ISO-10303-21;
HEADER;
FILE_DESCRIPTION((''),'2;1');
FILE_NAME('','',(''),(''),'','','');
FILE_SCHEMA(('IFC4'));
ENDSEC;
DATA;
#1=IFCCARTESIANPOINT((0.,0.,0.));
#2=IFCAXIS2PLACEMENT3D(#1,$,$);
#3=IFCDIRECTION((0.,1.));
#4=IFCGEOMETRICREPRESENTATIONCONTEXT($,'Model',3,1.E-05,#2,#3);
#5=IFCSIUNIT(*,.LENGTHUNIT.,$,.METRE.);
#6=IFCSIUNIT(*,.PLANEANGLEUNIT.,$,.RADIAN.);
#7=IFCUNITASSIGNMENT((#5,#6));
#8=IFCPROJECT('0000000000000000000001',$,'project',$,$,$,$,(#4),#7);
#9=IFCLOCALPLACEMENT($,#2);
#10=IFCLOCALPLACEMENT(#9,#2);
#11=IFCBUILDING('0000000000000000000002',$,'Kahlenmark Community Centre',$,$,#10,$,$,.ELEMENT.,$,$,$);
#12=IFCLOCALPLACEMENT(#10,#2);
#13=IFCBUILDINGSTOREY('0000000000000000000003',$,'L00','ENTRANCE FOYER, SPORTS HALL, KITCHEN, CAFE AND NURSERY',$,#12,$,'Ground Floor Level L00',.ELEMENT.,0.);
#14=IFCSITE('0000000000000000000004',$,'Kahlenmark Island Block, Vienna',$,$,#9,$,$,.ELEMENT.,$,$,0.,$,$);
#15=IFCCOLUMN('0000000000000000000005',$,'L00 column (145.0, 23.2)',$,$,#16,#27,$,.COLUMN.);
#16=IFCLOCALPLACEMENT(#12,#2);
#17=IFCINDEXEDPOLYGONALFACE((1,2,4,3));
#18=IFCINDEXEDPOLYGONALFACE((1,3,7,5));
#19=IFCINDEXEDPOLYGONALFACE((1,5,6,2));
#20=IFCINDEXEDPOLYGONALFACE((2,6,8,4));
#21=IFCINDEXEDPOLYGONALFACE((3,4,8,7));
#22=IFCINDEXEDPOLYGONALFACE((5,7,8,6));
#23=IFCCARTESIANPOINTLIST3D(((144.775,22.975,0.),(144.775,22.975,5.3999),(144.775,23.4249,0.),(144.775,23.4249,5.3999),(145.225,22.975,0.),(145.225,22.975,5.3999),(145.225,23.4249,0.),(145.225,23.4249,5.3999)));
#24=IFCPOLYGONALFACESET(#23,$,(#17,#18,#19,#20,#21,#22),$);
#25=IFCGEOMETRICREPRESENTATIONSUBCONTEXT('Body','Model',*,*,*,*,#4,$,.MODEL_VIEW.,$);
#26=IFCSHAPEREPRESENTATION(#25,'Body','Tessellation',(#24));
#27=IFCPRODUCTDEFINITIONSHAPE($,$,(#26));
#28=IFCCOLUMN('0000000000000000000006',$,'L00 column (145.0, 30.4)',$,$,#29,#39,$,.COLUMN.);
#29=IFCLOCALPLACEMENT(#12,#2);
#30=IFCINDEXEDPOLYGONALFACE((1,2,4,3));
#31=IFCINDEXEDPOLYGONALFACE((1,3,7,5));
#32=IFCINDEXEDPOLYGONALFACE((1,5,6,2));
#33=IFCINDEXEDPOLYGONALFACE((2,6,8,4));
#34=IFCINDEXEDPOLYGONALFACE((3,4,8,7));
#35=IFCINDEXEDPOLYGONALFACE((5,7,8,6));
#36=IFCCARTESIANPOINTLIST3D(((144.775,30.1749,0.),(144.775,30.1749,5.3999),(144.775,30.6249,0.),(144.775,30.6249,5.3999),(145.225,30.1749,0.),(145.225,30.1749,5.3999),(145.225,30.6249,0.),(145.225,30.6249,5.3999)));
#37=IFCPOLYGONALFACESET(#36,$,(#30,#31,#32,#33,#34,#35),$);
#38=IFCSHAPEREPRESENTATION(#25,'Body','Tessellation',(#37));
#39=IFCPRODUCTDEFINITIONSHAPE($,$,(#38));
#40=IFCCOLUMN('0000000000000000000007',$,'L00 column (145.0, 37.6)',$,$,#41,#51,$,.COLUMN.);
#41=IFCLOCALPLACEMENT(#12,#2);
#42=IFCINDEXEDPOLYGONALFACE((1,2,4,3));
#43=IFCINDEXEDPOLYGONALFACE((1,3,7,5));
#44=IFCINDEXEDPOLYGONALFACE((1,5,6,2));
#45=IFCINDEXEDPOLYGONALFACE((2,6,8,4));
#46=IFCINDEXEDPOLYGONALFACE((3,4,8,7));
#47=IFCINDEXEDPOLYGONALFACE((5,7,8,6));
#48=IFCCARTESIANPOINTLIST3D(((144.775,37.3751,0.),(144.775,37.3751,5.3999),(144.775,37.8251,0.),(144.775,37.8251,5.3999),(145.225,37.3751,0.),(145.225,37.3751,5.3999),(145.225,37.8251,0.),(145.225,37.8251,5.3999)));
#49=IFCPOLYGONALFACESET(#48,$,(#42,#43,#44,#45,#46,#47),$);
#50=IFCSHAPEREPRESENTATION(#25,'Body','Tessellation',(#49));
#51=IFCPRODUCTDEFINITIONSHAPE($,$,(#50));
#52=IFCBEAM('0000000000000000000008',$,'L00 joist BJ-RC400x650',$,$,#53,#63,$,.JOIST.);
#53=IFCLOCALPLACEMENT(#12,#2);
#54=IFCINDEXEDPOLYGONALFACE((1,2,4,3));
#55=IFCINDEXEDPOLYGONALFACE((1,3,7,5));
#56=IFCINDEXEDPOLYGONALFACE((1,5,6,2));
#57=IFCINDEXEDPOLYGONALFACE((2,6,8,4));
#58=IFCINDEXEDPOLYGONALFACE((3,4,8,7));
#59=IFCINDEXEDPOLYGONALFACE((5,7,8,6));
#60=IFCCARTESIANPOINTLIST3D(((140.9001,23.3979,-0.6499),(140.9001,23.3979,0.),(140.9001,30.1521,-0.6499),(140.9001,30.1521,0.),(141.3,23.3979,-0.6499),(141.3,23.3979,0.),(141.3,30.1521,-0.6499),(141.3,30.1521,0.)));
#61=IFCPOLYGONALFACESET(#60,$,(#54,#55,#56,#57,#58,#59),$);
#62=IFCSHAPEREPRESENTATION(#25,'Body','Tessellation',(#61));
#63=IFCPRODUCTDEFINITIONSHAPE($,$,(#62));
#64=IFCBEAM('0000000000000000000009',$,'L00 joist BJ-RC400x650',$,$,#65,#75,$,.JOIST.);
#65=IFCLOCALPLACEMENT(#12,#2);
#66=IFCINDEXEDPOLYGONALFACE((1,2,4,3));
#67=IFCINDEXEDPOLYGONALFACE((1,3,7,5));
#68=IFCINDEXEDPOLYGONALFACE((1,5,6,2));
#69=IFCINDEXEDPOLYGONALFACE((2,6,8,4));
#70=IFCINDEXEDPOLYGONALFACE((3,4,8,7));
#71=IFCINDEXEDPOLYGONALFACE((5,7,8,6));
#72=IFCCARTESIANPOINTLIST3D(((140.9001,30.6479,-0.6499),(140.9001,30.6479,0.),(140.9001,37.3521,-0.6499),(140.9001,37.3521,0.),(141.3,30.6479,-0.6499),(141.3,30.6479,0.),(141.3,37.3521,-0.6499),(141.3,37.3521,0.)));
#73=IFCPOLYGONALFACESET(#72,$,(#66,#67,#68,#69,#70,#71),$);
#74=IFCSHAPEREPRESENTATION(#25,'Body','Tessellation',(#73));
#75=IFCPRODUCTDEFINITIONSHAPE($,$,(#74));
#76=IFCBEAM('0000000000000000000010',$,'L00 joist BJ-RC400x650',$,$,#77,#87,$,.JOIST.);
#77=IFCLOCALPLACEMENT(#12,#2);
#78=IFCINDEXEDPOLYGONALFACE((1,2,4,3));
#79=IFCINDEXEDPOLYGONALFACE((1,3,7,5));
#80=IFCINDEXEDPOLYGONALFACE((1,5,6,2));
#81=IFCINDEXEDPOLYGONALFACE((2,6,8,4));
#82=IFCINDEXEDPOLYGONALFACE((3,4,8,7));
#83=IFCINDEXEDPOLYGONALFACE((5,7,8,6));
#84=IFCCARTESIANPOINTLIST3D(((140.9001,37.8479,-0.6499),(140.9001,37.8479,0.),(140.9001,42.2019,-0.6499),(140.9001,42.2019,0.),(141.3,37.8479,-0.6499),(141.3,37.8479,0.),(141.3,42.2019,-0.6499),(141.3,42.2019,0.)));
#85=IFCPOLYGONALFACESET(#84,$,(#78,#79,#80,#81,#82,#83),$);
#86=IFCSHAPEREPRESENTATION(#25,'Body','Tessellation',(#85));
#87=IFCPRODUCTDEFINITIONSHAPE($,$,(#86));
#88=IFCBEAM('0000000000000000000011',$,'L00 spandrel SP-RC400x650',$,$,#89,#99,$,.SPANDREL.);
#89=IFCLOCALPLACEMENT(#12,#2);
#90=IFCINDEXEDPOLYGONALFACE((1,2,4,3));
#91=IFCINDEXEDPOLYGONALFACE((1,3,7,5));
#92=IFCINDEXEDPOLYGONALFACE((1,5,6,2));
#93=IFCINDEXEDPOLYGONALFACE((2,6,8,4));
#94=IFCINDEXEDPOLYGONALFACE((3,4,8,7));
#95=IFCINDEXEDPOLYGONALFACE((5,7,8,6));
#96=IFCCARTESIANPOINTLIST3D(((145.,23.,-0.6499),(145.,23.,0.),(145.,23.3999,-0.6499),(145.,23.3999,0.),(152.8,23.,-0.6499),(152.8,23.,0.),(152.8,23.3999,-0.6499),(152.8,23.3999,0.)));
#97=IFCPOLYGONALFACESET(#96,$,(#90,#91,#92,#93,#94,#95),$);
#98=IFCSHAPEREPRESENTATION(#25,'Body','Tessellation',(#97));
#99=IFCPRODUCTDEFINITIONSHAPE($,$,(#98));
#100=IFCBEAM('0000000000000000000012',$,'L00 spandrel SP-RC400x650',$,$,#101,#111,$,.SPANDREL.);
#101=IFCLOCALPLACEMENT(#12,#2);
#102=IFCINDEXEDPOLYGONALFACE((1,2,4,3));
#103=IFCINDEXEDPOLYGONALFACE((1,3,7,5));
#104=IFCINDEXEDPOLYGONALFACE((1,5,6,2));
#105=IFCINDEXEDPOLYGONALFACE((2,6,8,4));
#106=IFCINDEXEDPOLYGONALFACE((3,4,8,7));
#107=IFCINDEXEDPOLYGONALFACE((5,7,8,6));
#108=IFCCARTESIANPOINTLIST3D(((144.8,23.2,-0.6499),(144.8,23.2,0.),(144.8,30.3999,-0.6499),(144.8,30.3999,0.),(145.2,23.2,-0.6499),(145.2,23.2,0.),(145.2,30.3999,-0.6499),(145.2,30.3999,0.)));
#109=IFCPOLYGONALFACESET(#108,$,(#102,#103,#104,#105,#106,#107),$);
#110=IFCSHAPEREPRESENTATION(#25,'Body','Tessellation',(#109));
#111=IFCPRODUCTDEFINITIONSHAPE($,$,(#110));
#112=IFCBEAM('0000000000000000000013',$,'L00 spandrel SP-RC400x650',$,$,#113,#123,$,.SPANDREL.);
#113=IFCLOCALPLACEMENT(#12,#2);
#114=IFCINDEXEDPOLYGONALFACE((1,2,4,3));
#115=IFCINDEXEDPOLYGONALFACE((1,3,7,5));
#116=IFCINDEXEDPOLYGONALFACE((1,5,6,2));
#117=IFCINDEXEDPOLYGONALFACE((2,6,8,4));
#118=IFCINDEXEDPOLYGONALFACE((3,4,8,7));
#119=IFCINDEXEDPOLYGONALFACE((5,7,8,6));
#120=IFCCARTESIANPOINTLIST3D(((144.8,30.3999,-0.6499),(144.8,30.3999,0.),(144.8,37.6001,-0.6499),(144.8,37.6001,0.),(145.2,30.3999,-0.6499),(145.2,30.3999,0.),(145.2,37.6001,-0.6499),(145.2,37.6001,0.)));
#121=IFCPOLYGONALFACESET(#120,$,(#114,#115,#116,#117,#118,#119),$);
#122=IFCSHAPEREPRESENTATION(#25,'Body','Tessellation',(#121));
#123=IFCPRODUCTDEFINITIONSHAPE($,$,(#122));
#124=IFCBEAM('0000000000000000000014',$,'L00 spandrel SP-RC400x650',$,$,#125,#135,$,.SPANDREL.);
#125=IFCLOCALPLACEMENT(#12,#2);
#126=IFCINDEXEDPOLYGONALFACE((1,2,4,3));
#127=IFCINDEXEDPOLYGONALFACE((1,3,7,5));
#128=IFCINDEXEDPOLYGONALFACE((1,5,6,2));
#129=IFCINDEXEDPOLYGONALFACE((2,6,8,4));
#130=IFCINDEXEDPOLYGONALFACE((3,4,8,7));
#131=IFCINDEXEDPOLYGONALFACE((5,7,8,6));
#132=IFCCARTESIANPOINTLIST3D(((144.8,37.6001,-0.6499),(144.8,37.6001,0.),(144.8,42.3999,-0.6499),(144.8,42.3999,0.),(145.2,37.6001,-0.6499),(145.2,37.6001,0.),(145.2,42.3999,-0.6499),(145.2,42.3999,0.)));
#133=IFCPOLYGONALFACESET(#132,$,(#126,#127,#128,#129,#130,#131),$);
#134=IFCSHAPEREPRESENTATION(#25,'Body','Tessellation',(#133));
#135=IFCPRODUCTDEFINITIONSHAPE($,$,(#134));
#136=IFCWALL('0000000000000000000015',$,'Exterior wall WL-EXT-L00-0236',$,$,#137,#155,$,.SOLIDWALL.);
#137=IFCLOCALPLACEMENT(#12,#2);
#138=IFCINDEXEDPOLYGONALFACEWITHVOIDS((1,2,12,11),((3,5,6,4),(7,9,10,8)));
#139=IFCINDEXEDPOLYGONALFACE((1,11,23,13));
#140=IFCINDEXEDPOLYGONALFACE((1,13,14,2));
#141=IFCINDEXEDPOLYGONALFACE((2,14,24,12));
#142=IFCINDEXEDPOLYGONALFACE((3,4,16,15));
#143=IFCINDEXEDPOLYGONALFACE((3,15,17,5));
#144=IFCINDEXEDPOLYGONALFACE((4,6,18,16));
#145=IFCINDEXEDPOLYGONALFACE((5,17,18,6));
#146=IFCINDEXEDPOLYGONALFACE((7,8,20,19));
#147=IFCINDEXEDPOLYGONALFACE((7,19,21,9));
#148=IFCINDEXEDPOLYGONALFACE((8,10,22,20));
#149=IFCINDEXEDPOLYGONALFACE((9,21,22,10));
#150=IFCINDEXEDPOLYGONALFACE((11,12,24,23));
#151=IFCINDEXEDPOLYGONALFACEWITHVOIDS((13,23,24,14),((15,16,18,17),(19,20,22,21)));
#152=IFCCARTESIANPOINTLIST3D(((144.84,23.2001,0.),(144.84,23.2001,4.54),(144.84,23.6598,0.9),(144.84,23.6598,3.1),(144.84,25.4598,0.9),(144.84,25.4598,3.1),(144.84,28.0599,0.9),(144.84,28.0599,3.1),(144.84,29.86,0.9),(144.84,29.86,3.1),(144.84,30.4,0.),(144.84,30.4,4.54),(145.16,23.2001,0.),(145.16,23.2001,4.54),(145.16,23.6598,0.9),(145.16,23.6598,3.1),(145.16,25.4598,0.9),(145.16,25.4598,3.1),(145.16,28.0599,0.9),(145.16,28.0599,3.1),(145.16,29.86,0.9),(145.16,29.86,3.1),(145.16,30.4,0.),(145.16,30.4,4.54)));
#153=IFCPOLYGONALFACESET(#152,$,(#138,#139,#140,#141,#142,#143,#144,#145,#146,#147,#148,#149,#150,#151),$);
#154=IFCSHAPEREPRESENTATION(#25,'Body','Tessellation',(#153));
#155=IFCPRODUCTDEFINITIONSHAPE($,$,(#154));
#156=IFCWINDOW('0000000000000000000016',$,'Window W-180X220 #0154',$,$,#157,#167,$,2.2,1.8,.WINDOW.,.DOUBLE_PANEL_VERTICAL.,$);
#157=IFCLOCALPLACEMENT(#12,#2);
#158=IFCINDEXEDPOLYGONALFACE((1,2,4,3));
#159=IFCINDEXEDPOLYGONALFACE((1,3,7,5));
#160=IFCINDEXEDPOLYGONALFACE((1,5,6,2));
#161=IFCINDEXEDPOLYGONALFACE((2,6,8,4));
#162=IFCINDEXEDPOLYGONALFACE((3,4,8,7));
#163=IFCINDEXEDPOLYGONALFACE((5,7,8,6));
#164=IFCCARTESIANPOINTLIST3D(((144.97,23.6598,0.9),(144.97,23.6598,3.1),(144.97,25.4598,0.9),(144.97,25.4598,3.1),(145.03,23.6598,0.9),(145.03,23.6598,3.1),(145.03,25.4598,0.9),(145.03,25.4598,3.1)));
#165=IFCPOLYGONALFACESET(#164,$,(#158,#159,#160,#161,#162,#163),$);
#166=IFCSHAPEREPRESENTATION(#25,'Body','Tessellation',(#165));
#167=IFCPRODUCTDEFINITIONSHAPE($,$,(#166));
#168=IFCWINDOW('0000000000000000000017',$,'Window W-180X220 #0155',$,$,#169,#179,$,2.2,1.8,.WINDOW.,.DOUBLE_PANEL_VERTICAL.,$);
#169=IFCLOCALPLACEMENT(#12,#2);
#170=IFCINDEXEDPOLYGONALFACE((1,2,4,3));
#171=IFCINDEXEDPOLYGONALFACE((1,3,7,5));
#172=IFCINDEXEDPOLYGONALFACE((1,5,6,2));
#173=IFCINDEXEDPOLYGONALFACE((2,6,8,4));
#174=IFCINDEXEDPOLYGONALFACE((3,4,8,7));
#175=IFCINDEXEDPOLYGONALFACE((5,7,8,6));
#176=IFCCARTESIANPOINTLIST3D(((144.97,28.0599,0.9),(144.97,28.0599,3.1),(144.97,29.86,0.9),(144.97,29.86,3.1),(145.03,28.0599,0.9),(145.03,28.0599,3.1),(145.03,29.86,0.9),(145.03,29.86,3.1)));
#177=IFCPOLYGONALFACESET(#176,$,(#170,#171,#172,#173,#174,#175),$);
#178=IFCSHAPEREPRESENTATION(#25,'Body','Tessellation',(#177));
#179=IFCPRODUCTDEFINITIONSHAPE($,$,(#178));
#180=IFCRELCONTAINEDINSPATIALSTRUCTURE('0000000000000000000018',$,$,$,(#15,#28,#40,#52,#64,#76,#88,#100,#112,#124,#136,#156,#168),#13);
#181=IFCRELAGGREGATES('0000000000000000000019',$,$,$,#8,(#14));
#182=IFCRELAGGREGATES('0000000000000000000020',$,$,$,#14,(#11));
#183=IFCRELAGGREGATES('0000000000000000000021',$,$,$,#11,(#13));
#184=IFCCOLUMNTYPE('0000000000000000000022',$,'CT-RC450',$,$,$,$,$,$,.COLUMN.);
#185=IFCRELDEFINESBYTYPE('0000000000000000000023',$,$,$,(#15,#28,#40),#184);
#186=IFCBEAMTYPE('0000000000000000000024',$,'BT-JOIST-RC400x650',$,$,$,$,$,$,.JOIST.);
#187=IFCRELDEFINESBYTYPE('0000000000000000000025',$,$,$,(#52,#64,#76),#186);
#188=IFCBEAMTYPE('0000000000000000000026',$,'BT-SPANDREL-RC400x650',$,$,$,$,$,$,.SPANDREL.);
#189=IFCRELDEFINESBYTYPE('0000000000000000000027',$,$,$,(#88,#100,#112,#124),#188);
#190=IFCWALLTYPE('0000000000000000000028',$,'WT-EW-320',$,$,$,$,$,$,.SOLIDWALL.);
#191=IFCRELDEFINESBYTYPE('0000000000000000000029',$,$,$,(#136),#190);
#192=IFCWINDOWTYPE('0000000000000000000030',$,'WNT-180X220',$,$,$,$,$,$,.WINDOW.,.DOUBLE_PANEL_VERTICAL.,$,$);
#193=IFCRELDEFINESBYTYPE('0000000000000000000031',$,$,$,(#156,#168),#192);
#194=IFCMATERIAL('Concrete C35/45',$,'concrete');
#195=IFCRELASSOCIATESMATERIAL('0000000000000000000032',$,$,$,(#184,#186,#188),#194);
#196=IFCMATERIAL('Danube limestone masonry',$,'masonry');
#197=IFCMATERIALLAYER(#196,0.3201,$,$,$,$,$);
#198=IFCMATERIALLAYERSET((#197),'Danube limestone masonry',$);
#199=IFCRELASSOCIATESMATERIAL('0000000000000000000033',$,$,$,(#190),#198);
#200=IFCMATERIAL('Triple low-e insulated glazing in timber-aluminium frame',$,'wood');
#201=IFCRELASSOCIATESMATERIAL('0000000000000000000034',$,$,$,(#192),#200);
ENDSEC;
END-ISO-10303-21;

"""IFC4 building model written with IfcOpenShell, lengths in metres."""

from ifc_helpers import new_model, si_unit, direction, frame, frame_2d, origin, origin_2d, place, context, subcontext, project, spatial, rectangle, extrude, material, layer, layer_set, material_profile, profile_set, type_object, element, fill, save


model = new_model("IFC4")

# Units and contexts
model_context = context("Model", 3, precision=1e-05, world=origin(), true_north=direction((0.0, 1.0)))
body_context = subcontext(model_context, "Body", "Model", "MODEL_VIEW")
ifc_project = project(units=[si_unit("LENGTHUNIT", "METRE"), si_unit("PLANEANGLEUNIT", "RADIAN")], contexts=[model_context])

# Site, building, storey
site_placement = place(None, origin())
site = spatial("IfcSite", under=ifc_project, at=site_placement, Name="Kahlenmark Island Block, Vienna", CompositionType="ELEMENT", RefElevation=0.0)
building_placement = place(site_placement, origin())
building = spatial("IfcBuilding", under=site, at=building_placement, Name="Kahlenmark Community Centre", CompositionType="ELEMENT")
storey_placement = place(building_placement, origin())
storey = spatial("IfcBuildingStorey", under=building, at=storey_placement, Name="L00", Description="ENTRANCE FOYER, SPORTS HALL, KITCHEN, CAFE AND NURSERY", LongName="Ground Floor Level L00", CompositionType="ELEMENT", Elevation=0.0)

# Columns
ifc_material_1 = material(Name="Concrete C35/45", Category="concrete")
ifc_material_profile_1 = material_profile(ifc_material_1, rectangle(XDim=0.45, YDim=0.45, at=origin_2d()), Name="RC 450x450")
ifc_profile_set_1 = profile_set([ifc_material_profile_1], Name="Concrete C35/45")
column_type = type_object("IfcColumnType", Name="CT-RC450", PredefinedType="COLUMN", material=ifc_profile_set_1)
for number, where, z_axis, x_axis, name in (
    (1, (145.0, 23.2, 0.0), (0.0, 0.0, 1.0), (1.0, 0.0, 0.0), "L00 column (145.0, 23.2)"),
    (2, (145.0, 30.3999, 0.0), (0.0, 0.0, 1.0), (1.0, 0.0, 0.0), "L00 column (145.0, 30.4)"),
    (3, (145.0, 37.6001, 0.0), (0.0, 0.0, 1.0), (1.0, 0.0, 0.0), "L00 column (145.0, 37.6)"),
):
    element("IfcColumn", number, at=place(storey_placement, frame(where, z_axis=z_axis, x_axis=x_axis)), inside=storey, type_object=column_type, Name=name, PredefinedType="COLUMN", context=body_context, shape_type="SweptSolid", body=[
        extrude(rectangle(XDim=0.45, YDim=0.45, at=origin_2d()), origin(), (0.0, 0.0, 1.0), 5.3999),
    ])

# Beams
ifc_material_profile_2 = material_profile(ifc_material_1, rectangle(XDim=0.3999, YDim=0.6499, at=origin_2d()), Name="RC 400x650")
ifc_profile_set_2 = profile_set([ifc_material_profile_2], Name="Concrete C35/45")
beam_type_1 = type_object("IfcBeamType", Name="BT-JOIST-RC400x650", PredefinedType="JOIST", material=ifc_profile_set_2)
beam_1_placement = place(storey_placement, frame((141.1001, 23.3979, -0.325), z_axis=(0.0, 1.0, 0.0), x_axis=(-1.0, 0.0, 0.0)))
element("IfcBeam", 4, at=beam_1_placement, inside=storey, type_object=beam_type_1, Name="L00 joist BJ-RC400x650", PredefinedType="JOIST", context=body_context, shape_type="SweptSolid", body=[
    extrude(rectangle(XDim=0.3999, YDim=0.6499, at=origin_2d()), origin(), (0.0, 0.0, 1.0), 6.7542),
])
beam_2_placement = place(storey_placement, frame((141.1001, 30.6479, -0.325), z_axis=(0.0, 1.0, 0.0), x_axis=(-1.0, 0.0, 0.0)))
element("IfcBeam", 5, at=beam_2_placement, inside=storey, type_object=beam_type_1, Name="L00 joist BJ-RC400x650", PredefinedType="JOIST", context=body_context, shape_type="SweptSolid", body=[
    extrude(rectangle(XDim=0.3999, YDim=0.6499, at=origin_2d()), origin(), (0.0, 0.0, 1.0), 6.7041),
])
beam_3_placement = place(storey_placement, frame((141.1001, 37.8479, -0.325), z_axis=(0.0, 1.0, 0.0), x_axis=(-1.0, 0.0, 0.0)))
element("IfcBeam", 6, at=beam_3_placement, inside=storey, type_object=beam_type_1, Name="L00 joist BJ-RC400x650", PredefinedType="JOIST", context=body_context, shape_type="SweptSolid", body=[
    extrude(rectangle(XDim=0.3999, YDim=0.6499, at=origin_2d()), origin(), (0.0, 0.0, 1.0), 4.354),
])
ifc_material_profile_3 = material_profile(ifc_material_1, rectangle(XDim=0.3999, YDim=0.6499, at=origin_2d()), Name="RC 400x650")
ifc_profile_set_3 = profile_set([ifc_material_profile_3], Name="Concrete C35/45")
beam_type_2 = type_object("IfcBeamType", Name="BT-SPANDREL-RC400x650", PredefinedType="SPANDREL", material=ifc_profile_set_3)
beam_4_placement = place(storey_placement, frame((145.0, 23.2, -0.325), z_axis=(1.0, 0.0, 0.0), x_axis=(0.0, 1.0, 0.0)))
element("IfcBeam", 7, at=beam_4_placement, inside=storey, type_object=beam_type_2, Name="L00 spandrel SP-RC400x650", PredefinedType="SPANDREL", context=body_context, shape_type="SweptSolid", body=[
    extrude(rectangle(XDim=0.3999, YDim=0.6499, at=origin_2d()), origin(), (0.0, 0.0, 1.0), 7.8),
])
beam_5_placement = place(storey_placement, frame((145.0, 23.2, -0.325), z_axis=(0.0, 1.0, 0.0), x_axis=(-1.0, 0.0, 0.0)))
element("IfcBeam", 8, at=beam_5_placement, inside=storey, type_object=beam_type_2, Name="L00 spandrel SP-RC400x650", PredefinedType="SPANDREL", context=body_context, shape_type="SweptSolid", body=[
    extrude(rectangle(XDim=0.3999, YDim=0.6499, at=origin_2d()), origin(), (0.0, 0.0, 1.0), 7.2),
])
beam_6_placement = place(storey_placement, frame((145.0, 30.3999, -0.325), z_axis=(0.0, 1.0, 0.0), x_axis=(-1.0, 0.0, 0.0)))
element("IfcBeam", 9, at=beam_6_placement, inside=storey, type_object=beam_type_2, Name="L00 spandrel SP-RC400x650", PredefinedType="SPANDREL", context=body_context, shape_type="SweptSolid", body=[
    extrude(rectangle(XDim=0.3999, YDim=0.6499, at=origin_2d()), origin(), (0.0, 0.0, 1.0), 7.2002),
])
beam_7_placement = place(storey_placement, frame((145.0, 37.6001, -0.325), z_axis=(0.0, 1.0, 0.0), x_axis=(-1.0, 0.0, 0.0)))
element("IfcBeam", 10, at=beam_7_placement, inside=storey, type_object=beam_type_2, Name="L00 spandrel SP-RC400x650", PredefinedType="SPANDREL", context=body_context, shape_type="SweptSolid", body=[
    extrude(rectangle(XDim=0.3999, YDim=0.6499, at=origin_2d()), origin(), (0.0, 0.0, 1.0), 4.7998),
])

# Wall, openings, windows
ifc_material_2 = material(Name="Danube limestone masonry", Category="masonry")
ifc_layer_1 = layer(ifc_material_2, 0.3201)
ifc_layer_set_1 = layer_set([ifc_layer_1], Name="Danube limestone masonry")
wall_type_1 = type_object("IfcWallType", Name="WT-EW-320", PredefinedType="SOLIDWALL", material=ifc_layer_set_1)
wall_1_placement = place(storey_placement, frame((145.0, 23.2, 0.0), z_axis=(0.0, 0.0, 1.0), x_axis=(0.0, 1.0, 0.0)))
wall_1 = element("IfcWall", 11, at=wall_1_placement, inside=storey, type_object=wall_type_1, Name="Exterior wall WL-EXT-L00-0236", PredefinedType="SOLIDWALL", context=body_context, shape_type="SweptSolid", body=[
    extrude(rectangle(XDim=7.2, YDim=0.3201, at=frame_2d((3.6001, 0.0))), origin(), (0.0, 0.0, 1.0), 4.54),
])
opening_1_placement = place(wall_1_placement, frame((0.46, 0.0, 0.8999)))
opening_1 = element("IfcOpeningElement", 12, at=opening_1_placement, cuts=wall_1, PredefinedType="OPENING", context=body_context, shape_type="SweptSolid", body=[
    extrude(rectangle(XDim=1.8, YDim=2.2, at=frame_2d((0.8999, 1.1001))), frame((0.0, 0.1699, 0.0), z_axis=(0.0, -1.0, 0.0), x_axis=(1.0, 0.0, 0.0)), (0.0, 0.0, 1.0), 0.3401),
])
opening_2_placement = place(wall_1_placement, frame((4.8601, 0.0, 0.8999)))
opening_2 = element("IfcOpeningElement", 13, at=opening_2_placement, cuts=wall_1, PredefinedType="OPENING", context=body_context, shape_type="SweptSolid", body=[
    extrude(rectangle(XDim=1.8, YDim=2.2, at=frame_2d((0.8999, 1.1001))), frame((0.0, 0.1699, 0.0), z_axis=(0.0, -1.0, 0.0), x_axis=(1.0, 0.0, 0.0)), (0.0, 0.0, 1.0), 0.3401),
])
ifc_material_3 = material(Name="Triple low-e insulated glazing in timber-aluminium frame", Category="wood")
window_type = type_object("IfcWindowType", Name="WNT-180X220", PartitioningType="DOUBLE_PANEL_VERTICAL", PredefinedType="WINDOW", material=ifc_material_3)
window_1_placement = place(opening_1_placement, origin())
window_1 = element("IfcWindow", 14, at=window_1_placement, inside=storey, type_object=window_type, Name="Window W-180X220 #0154", OverallHeight=2.2, OverallWidth=1.8, PartitioningType="DOUBLE_PANEL_VERTICAL", PredefinedType="WINDOW", context=body_context, shape_type="SweptSolid", body=[
    extrude(rectangle(XDim=1.8, YDim=2.2, at=frame_2d((0.8999, 1.1001))), frame((0.0, 0.03, 0.0), z_axis=(0.0, -1.0, 0.0), x_axis=(1.0, 0.0, 0.0)), (0.0, 0.0, 1.0), 0.0601),
])
fill(opening_1, window_1)
window_2_placement = place(opening_2_placement, origin())
window_2 = element("IfcWindow", 15, at=window_2_placement, inside=storey, type_object=window_type, Name="Window W-180X220 #0155", OverallHeight=2.2, OverallWidth=1.8, PartitioningType="DOUBLE_PANEL_VERTICAL", PredefinedType="WINDOW", context=body_context, shape_type="SweptSolid", body=[
    extrude(rectangle(XDim=1.8, YDim=2.2, at=frame_2d((0.8999, 1.1001))), frame((0.0, 0.03, 0.0), z_axis=(0.0, -1.0, 0.0), x_axis=(1.0, 0.0, 0.0)), (0.0, 0.0, 1.0), 0.0601),
])
fill(opening_2, window_2)

save(model, "model.ifc")
